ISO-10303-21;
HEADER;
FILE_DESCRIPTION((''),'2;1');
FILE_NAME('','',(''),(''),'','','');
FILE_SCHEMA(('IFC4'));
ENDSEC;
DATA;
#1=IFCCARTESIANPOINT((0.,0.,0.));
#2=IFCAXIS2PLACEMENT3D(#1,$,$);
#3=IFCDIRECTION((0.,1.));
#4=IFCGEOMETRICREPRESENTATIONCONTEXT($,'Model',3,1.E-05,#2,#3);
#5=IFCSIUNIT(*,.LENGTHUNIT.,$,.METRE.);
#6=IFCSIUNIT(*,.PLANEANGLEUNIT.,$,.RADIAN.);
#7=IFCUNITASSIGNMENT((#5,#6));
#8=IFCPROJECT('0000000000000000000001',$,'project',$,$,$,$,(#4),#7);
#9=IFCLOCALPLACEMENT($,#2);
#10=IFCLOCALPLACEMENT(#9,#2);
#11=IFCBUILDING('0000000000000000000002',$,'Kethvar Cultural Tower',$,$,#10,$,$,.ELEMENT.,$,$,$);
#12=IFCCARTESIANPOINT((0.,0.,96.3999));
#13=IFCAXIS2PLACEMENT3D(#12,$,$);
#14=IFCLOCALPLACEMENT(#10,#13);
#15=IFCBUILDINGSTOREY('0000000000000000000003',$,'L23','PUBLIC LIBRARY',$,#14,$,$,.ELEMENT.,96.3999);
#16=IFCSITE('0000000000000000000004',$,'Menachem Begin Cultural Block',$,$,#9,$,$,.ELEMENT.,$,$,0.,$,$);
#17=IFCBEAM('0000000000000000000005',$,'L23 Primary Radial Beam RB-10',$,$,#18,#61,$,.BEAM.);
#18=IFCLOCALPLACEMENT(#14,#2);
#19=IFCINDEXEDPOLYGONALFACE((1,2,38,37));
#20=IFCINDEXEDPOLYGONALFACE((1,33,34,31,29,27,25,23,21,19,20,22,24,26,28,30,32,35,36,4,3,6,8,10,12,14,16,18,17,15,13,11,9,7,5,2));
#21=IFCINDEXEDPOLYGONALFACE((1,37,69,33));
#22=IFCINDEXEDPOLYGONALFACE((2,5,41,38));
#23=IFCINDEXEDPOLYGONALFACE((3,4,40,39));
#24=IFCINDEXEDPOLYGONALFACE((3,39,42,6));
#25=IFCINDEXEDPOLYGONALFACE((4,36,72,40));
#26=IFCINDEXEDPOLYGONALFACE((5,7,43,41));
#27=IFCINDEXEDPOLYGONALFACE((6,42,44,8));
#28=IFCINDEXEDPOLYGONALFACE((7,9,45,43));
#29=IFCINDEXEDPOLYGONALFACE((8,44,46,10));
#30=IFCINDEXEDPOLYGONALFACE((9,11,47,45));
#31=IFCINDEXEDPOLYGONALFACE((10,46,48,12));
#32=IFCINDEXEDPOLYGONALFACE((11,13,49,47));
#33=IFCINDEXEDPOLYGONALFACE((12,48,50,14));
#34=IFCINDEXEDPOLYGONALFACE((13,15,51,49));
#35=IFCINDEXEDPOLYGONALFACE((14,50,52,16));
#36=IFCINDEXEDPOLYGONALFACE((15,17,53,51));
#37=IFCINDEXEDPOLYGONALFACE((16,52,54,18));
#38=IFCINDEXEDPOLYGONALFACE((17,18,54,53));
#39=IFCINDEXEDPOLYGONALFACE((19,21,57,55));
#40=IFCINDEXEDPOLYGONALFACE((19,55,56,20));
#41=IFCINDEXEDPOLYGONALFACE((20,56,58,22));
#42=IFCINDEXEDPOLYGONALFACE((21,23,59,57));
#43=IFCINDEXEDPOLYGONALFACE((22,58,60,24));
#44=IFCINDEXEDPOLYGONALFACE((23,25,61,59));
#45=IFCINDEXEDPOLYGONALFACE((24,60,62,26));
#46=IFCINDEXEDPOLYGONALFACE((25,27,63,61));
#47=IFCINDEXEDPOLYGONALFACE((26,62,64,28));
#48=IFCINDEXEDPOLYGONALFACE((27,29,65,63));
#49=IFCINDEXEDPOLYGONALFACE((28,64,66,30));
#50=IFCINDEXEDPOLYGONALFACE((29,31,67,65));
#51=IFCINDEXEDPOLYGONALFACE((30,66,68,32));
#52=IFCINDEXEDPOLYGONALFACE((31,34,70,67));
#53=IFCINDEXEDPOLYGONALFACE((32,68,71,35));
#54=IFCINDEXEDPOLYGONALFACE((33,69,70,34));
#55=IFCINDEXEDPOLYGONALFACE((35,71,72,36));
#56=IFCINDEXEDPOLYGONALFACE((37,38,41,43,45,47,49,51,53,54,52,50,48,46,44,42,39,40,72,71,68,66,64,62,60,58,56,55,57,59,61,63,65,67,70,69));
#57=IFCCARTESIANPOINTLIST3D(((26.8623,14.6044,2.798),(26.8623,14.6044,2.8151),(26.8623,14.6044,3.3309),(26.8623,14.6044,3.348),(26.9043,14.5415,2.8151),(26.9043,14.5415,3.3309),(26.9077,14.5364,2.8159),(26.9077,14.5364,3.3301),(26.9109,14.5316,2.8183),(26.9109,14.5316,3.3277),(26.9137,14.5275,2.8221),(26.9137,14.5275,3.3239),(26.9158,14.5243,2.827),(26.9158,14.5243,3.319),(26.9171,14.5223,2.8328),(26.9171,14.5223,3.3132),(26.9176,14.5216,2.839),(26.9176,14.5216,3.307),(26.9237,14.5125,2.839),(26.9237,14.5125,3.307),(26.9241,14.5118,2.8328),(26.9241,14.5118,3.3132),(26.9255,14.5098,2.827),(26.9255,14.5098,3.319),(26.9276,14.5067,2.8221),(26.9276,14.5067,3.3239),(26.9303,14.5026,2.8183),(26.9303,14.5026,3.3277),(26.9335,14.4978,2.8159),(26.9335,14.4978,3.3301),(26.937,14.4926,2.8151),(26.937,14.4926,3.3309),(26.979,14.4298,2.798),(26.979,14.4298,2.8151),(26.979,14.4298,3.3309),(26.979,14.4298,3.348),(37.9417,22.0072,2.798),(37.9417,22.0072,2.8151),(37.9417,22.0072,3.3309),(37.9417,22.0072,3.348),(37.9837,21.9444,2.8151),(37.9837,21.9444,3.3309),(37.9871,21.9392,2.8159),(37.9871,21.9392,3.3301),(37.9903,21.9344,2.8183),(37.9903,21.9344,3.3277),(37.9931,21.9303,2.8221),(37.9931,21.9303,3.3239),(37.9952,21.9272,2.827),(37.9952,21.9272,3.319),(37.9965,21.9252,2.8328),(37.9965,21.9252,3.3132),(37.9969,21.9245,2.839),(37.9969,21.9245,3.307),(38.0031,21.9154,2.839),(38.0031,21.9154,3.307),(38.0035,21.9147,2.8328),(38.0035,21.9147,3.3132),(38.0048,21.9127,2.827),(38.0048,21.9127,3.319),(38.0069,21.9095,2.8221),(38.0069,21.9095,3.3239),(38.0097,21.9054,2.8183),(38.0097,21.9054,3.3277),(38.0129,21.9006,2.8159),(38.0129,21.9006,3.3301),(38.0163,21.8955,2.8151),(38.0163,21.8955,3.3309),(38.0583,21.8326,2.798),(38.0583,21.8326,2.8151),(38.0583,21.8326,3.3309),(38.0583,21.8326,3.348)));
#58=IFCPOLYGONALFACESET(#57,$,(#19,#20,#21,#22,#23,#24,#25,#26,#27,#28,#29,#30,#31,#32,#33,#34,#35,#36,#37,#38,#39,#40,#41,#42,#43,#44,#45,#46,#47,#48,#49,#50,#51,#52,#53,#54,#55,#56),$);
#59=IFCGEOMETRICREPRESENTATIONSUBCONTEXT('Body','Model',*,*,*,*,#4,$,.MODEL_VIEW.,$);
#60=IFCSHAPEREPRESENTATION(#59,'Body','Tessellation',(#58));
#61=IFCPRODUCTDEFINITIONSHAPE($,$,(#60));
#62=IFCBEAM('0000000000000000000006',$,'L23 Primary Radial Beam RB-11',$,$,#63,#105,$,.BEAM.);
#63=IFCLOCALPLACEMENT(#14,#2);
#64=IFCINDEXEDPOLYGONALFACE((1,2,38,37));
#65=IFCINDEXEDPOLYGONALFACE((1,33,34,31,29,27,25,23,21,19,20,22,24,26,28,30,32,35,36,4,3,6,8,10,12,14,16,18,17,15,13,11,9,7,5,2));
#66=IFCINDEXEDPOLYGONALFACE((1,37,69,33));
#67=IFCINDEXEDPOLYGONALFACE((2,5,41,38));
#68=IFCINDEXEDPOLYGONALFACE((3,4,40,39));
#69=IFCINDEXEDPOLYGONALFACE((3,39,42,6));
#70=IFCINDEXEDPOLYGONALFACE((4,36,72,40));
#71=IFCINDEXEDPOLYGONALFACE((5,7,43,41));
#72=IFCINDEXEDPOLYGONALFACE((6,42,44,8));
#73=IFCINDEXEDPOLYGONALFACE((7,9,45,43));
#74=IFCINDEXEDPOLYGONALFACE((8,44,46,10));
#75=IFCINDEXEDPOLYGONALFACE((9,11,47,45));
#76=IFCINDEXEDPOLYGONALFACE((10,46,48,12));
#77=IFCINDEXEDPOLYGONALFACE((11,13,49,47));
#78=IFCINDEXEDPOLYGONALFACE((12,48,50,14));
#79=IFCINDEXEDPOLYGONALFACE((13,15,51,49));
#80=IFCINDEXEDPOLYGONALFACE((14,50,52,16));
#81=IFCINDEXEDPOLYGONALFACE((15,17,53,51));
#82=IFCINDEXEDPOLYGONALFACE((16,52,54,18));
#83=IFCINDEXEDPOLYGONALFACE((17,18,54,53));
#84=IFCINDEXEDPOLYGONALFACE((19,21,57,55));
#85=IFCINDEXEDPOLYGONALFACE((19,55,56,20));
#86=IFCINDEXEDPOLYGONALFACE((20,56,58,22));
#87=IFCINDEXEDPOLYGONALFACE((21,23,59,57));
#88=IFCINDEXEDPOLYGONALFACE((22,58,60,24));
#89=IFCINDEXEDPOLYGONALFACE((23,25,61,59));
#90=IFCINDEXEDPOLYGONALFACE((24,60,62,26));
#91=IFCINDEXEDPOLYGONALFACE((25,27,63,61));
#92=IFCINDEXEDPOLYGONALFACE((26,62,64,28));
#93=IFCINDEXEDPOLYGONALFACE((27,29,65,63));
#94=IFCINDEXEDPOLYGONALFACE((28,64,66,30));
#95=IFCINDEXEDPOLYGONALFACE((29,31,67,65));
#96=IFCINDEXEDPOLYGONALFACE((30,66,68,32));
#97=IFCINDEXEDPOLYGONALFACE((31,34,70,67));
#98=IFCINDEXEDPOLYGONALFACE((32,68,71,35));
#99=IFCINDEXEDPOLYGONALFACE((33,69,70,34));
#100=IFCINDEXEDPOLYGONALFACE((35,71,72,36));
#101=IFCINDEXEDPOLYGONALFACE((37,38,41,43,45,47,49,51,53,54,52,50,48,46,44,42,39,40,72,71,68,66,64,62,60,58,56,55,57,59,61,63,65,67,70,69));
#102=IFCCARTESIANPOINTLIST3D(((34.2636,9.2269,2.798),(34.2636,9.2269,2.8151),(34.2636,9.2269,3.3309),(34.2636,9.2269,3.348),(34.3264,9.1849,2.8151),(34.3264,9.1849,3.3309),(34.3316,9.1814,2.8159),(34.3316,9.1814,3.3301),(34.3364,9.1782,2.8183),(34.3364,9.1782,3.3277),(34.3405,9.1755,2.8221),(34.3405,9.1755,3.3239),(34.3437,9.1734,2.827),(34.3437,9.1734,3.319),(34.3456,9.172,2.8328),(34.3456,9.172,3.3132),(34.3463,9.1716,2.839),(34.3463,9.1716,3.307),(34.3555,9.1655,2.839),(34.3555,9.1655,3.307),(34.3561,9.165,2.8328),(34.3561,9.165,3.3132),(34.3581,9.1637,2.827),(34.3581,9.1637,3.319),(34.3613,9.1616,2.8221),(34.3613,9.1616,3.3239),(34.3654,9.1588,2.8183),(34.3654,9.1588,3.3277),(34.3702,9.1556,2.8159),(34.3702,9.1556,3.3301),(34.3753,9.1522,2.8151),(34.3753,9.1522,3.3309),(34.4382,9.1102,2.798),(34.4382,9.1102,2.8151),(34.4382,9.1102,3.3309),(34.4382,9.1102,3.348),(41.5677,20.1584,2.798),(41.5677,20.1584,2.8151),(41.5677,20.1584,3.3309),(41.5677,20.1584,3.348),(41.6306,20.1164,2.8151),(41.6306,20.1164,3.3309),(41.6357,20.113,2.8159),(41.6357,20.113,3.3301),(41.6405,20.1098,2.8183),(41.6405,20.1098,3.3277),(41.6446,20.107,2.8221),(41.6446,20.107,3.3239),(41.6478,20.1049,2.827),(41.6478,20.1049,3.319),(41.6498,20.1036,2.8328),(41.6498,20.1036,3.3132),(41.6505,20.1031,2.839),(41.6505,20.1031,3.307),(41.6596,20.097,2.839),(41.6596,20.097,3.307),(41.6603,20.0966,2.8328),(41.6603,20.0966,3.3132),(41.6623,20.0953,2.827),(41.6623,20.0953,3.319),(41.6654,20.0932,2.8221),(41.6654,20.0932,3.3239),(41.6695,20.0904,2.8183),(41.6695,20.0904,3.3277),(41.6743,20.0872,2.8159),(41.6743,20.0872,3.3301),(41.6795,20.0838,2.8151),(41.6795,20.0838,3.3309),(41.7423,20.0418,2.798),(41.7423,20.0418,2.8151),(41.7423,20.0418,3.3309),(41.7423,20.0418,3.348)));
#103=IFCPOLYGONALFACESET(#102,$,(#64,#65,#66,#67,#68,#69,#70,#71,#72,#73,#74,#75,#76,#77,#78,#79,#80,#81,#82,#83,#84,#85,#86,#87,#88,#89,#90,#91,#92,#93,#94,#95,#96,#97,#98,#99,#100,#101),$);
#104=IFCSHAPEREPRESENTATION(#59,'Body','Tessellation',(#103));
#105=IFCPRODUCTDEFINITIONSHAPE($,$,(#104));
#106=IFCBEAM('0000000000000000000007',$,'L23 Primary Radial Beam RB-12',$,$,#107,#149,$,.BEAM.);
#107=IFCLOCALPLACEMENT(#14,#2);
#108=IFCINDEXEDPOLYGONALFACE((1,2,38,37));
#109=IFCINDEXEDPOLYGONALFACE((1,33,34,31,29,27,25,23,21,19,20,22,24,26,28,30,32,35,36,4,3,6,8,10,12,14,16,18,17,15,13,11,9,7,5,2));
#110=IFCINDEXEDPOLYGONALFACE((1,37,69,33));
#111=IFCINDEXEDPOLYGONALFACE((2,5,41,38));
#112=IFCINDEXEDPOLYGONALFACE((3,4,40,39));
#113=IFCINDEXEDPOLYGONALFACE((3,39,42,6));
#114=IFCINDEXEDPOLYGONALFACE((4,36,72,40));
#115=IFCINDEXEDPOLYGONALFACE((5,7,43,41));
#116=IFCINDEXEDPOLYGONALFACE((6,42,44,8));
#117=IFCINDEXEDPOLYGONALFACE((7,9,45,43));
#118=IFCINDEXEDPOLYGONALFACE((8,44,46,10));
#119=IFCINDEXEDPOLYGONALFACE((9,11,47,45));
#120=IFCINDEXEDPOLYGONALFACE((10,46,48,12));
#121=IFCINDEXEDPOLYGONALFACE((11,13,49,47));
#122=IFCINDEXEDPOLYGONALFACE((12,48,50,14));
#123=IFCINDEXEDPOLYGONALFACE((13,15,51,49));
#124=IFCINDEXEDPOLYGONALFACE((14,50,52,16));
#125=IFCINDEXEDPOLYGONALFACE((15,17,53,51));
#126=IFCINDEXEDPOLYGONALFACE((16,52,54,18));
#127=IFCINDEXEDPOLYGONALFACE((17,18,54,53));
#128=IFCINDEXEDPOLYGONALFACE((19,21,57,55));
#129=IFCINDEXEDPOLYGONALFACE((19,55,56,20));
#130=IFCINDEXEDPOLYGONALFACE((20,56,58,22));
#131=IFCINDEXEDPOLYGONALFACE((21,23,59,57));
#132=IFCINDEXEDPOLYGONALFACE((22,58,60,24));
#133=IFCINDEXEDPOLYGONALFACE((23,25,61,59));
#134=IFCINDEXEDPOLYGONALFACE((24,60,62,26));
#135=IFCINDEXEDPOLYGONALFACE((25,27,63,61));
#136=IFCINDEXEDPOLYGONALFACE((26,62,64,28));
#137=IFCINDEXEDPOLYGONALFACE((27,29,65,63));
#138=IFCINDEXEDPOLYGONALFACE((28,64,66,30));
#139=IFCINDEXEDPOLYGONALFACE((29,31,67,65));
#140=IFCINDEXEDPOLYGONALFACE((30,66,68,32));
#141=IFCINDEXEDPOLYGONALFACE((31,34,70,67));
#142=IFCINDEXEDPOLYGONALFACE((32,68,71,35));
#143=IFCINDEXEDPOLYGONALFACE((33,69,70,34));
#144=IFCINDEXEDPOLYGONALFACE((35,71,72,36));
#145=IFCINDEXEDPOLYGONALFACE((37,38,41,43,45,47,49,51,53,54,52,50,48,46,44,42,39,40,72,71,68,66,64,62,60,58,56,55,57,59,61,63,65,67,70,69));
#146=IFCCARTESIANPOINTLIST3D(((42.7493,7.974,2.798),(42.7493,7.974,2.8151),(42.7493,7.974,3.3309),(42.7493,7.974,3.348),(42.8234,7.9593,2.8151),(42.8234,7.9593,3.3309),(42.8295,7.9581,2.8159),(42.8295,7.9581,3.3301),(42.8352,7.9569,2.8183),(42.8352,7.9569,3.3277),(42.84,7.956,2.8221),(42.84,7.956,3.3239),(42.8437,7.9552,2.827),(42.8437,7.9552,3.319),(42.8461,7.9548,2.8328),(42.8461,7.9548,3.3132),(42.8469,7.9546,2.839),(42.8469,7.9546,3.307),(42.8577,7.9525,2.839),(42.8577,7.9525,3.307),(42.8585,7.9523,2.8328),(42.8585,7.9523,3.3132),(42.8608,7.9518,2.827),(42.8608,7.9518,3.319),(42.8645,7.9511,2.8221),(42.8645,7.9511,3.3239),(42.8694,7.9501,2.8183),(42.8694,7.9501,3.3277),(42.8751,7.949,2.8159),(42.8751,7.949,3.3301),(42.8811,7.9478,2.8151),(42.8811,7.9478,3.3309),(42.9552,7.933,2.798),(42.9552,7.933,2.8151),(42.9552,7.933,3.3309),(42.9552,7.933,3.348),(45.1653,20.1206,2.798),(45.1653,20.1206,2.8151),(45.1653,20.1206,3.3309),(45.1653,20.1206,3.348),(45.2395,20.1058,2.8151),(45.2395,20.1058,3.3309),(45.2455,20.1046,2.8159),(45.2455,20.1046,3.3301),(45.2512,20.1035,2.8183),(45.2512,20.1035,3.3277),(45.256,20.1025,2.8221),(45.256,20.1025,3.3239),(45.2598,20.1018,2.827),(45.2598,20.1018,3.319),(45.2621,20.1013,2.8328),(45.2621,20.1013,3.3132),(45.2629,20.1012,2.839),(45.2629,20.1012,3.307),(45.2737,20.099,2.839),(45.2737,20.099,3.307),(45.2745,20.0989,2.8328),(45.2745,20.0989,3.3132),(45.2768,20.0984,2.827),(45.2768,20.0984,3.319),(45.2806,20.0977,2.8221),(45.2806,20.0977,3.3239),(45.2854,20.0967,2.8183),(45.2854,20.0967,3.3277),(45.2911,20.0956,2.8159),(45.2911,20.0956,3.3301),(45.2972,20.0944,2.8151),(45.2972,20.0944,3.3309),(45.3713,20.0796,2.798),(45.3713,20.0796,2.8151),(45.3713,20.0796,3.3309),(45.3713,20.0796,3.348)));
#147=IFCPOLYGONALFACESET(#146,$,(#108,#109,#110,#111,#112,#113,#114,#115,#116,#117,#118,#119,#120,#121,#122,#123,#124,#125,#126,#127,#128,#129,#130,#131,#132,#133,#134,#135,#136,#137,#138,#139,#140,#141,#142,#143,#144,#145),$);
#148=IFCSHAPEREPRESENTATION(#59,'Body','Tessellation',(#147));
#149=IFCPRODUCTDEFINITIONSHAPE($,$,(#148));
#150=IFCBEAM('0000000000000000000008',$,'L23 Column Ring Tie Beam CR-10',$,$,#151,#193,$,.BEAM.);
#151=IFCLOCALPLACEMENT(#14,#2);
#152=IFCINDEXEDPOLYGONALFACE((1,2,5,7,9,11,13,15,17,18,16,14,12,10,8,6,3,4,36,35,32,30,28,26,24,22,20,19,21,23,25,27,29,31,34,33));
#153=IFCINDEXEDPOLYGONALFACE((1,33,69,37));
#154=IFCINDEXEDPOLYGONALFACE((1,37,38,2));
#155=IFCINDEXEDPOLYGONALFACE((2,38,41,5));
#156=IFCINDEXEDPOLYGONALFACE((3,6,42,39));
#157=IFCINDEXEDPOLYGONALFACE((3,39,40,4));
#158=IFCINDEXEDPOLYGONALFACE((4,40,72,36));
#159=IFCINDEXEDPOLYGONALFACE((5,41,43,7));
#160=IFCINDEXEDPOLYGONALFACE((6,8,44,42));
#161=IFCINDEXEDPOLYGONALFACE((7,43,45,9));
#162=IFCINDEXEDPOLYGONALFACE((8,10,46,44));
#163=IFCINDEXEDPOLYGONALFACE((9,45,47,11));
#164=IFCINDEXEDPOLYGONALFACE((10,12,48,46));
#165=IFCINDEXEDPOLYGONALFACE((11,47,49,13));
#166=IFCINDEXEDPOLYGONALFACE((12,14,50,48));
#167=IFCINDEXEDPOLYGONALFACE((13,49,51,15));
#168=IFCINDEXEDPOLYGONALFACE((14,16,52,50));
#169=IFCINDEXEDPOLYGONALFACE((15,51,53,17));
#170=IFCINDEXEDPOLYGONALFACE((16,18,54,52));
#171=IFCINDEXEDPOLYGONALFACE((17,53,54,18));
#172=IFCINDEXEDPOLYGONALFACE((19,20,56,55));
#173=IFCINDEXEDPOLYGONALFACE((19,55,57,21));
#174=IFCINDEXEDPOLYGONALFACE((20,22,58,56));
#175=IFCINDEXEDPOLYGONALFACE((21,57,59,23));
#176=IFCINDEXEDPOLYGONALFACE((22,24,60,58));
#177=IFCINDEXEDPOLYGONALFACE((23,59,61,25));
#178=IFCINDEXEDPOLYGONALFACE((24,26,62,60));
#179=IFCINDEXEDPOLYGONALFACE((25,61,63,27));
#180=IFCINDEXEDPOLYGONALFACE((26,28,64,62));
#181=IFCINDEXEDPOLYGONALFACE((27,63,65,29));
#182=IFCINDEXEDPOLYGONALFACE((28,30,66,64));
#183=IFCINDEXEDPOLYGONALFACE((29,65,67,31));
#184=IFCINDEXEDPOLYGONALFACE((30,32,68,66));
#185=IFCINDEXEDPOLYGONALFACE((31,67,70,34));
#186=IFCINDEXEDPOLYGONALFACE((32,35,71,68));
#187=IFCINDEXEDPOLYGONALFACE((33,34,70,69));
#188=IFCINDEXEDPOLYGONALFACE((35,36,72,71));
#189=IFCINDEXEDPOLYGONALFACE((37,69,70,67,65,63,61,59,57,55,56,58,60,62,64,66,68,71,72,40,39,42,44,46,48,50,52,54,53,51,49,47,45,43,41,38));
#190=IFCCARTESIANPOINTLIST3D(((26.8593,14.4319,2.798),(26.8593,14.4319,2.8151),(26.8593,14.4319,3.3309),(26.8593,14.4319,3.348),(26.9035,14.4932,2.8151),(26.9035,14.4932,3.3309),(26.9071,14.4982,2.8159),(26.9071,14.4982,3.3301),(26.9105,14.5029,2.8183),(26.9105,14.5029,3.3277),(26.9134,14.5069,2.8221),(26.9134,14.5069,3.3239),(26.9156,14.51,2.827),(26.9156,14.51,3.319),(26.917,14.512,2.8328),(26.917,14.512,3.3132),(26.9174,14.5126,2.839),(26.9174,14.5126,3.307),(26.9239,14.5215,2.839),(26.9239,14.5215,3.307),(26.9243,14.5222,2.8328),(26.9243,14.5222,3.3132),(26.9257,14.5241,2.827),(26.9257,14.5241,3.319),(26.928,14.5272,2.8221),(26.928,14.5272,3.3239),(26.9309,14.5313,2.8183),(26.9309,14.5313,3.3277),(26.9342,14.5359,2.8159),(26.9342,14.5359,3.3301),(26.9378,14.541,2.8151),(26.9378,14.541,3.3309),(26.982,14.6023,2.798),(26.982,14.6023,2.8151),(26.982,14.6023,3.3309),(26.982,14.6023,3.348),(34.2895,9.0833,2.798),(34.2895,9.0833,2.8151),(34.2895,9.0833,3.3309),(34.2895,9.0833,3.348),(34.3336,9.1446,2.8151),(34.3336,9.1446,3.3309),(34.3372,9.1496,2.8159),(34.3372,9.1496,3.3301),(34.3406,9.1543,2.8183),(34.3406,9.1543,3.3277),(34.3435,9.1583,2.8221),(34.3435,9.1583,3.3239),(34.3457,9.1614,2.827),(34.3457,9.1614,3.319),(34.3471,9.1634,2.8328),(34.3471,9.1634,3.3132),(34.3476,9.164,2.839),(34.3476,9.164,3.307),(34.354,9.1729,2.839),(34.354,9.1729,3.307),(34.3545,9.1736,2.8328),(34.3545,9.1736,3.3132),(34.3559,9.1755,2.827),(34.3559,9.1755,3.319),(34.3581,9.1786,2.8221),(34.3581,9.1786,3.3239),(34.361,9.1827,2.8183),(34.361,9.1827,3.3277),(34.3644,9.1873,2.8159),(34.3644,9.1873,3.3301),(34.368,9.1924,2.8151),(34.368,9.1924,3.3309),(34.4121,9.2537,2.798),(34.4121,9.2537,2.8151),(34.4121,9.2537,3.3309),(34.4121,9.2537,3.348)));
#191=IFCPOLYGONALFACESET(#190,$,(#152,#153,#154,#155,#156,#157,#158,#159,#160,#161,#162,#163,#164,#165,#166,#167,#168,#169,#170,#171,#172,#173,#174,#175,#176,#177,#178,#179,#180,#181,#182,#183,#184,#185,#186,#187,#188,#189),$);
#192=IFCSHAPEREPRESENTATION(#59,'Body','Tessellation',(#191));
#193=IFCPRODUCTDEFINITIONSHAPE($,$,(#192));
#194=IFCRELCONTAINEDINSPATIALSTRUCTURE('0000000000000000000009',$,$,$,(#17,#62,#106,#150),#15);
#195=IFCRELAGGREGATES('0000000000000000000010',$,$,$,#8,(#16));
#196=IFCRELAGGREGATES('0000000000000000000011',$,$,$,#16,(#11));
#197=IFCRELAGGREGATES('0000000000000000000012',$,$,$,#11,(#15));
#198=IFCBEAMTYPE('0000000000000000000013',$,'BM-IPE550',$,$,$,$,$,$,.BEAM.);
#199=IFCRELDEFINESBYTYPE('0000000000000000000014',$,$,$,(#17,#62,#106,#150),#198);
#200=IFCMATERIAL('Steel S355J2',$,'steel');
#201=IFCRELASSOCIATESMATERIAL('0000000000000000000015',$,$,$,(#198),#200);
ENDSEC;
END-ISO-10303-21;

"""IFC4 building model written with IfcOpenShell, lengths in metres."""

from ifc_helpers import new_model, si_unit, direction, frame, origin, origin_2d, place, context, subcontext, project, spatial, i_section, extrude, source, transform, mapped, material, material_profile, profile_set, type_object, element, save


model = new_model("IFC4")

# Units and contexts
model_context = context("Model", 3, precision=1e-05, world=origin(), true_north=direction((0.0, 1.0)))
body_context = subcontext(model_context, "Body", "Model", "MODEL_VIEW")
ifc_project = project(units=[si_unit("LENGTHUNIT", "METRE"), si_unit("PLANEANGLEUNIT", "RADIAN")], contexts=[model_context])

# Site, building, storey
site_placement = place(None, origin())
site = spatial("IfcSite", under=ifc_project, at=site_placement, Name="Menachem Begin Cultural Block", CompositionType="ELEMENT", RefElevation=0.0)
building_placement = place(site_placement, origin())
building = spatial("IfcBuilding", under=site, at=building_placement, Name="Kethvar Cultural Tower", CompositionType="ELEMENT")
storey_placement = place(building_placement, frame((0.0, 0.0, 96.3999)))
storey = spatial("IfcBuildingStorey", under=building, at=storey_placement, Name="L23", Description="PUBLIC LIBRARY", CompositionType="ELEMENT", Elevation=96.3999)

# Beams
ifc_material_1 = material(Name="Steel S355J2", Category="steel")
ifc_material_profile_1 = material_profile(ifc_material_1, i_section(OverallWidth=0.21, OverallDepth=0.55, WebThickness=0.011, FlangeThickness=0.0171, FilletRadius=0.0239, at=origin_2d()), Name="Steel S355J2 — IPE550")
ifc_profile_set_1 = profile_set([ifc_material_profile_1], Name="Steel S355J2 — IPE550")
beam_type_1 = type_object("IfcBeamType", Name="BM-IPE550", PredefinedType="BEAM", material=ifc_profile_set_1)
shared_shape_1 = source(origin(), body_context, "Body", "SweptSolid", [
    extrude(i_section(OverallWidth=0.21, OverallDepth=0.55, WebThickness=0.011, FlangeThickness=0.0171, FilletRadius=0.0239, at=origin_2d()), origin(), (0.0, 0.0, 1.0), 13.325),
])
beam_1_placement = place(storey_placement, frame((38.0, 21.9199, 3.073), z_axis=(-0.831475, -0.555562, 0.0), x_axis=(0.555562, -0.831475, 0.0)))
element("IfcBeam", 1, at=beam_1_placement, inside=storey, type_object=beam_type_1, Name="L23 Primary Radial Beam RB-10", PredefinedType="BEAM", context=body_context, shape_type="MappedRepresentation", body=[
    mapped(shared_shape_1, transform((0.0, 0.0, 0.0), scale=1.0)),
])
shared_shape_2 = source(origin(), body_context, "Body", "SweptSolid", [
    extrude(i_section(OverallWidth=0.21, OverallDepth=0.55, WebThickness=0.011, FlangeThickness=0.0171, FilletRadius=0.0239, at=origin_2d()), origin(), (0.0, 0.0, 1.0), 13.1472),
])
beam_2_placement = place(storey_placement, frame((41.655, 20.1001, 3.073), z_axis=(-0.555566, -0.831473, 0.0), x_axis=(0.831473, -0.555566, 0.0)))
element("IfcBeam", 2, at=beam_2_placement, inside=storey, type_object=beam_type_1, Name="L23 Primary Radial Beam RB-11", PredefinedType="BEAM", context=body_context, shape_type="MappedRepresentation", body=[
    mapped(shared_shape_2, transform((0.0, 0.0, 0.0), scale=1.0)),
])
shared_shape_3 = source(origin(), body_context, "Body", "SweptSolid", [
    extrude(i_section(OverallWidth=0.21, OverallDepth=0.55, WebThickness=0.011, FlangeThickness=0.0171, FilletRadius=0.0239, at=origin_2d()), origin(), (0.0, 0.0, 1.0), 12.3845),
])
beam_3_placement = place(storey_placement, frame((45.2683, 20.1001, 3.073), z_axis=(-0.195085, -0.980786, 0.0), x_axis=(0.980786, -0.195085, 0.0)))
element("IfcBeam", 3, at=beam_3_placement, inside=storey, type_object=beam_type_1, Name="L23 Primary Radial Beam RB-12", PredefinedType="BEAM", context=body_context, shape_type="MappedRepresentation", body=[
    mapped(shared_shape_3, transform((0.0, 0.0, 0.0), scale=1.0)),
])
shared_shape_4 = source(origin(), body_context, "Body", "SweptSolid", [
    extrude(i_section(OverallWidth=0.21, OverallDepth=0.55, WebThickness=0.011, FlangeThickness=0.0171, FilletRadius=0.0239, at=origin_2d()), origin(), (0.0, 0.0, 1.0), 9.155),
])
beam_4_placement = place(storey_placement, frame((26.9207, 14.5171, 3.073), z_axis=(0.811591, -0.584226, 0.0), x_axis=(0.584226, 0.811591, 0.0)))
element("IfcBeam", 4, at=beam_4_placement, inside=storey, type_object=beam_type_1, Name="L23 Column Ring Tie Beam CR-10", PredefinedType="BEAM", context=body_context, shape_type="MappedRepresentation", body=[
    mapped(shared_shape_4, transform((0.0, 0.0, 0.0), scale=1.0)),
])

save(model, "model.ifc")
